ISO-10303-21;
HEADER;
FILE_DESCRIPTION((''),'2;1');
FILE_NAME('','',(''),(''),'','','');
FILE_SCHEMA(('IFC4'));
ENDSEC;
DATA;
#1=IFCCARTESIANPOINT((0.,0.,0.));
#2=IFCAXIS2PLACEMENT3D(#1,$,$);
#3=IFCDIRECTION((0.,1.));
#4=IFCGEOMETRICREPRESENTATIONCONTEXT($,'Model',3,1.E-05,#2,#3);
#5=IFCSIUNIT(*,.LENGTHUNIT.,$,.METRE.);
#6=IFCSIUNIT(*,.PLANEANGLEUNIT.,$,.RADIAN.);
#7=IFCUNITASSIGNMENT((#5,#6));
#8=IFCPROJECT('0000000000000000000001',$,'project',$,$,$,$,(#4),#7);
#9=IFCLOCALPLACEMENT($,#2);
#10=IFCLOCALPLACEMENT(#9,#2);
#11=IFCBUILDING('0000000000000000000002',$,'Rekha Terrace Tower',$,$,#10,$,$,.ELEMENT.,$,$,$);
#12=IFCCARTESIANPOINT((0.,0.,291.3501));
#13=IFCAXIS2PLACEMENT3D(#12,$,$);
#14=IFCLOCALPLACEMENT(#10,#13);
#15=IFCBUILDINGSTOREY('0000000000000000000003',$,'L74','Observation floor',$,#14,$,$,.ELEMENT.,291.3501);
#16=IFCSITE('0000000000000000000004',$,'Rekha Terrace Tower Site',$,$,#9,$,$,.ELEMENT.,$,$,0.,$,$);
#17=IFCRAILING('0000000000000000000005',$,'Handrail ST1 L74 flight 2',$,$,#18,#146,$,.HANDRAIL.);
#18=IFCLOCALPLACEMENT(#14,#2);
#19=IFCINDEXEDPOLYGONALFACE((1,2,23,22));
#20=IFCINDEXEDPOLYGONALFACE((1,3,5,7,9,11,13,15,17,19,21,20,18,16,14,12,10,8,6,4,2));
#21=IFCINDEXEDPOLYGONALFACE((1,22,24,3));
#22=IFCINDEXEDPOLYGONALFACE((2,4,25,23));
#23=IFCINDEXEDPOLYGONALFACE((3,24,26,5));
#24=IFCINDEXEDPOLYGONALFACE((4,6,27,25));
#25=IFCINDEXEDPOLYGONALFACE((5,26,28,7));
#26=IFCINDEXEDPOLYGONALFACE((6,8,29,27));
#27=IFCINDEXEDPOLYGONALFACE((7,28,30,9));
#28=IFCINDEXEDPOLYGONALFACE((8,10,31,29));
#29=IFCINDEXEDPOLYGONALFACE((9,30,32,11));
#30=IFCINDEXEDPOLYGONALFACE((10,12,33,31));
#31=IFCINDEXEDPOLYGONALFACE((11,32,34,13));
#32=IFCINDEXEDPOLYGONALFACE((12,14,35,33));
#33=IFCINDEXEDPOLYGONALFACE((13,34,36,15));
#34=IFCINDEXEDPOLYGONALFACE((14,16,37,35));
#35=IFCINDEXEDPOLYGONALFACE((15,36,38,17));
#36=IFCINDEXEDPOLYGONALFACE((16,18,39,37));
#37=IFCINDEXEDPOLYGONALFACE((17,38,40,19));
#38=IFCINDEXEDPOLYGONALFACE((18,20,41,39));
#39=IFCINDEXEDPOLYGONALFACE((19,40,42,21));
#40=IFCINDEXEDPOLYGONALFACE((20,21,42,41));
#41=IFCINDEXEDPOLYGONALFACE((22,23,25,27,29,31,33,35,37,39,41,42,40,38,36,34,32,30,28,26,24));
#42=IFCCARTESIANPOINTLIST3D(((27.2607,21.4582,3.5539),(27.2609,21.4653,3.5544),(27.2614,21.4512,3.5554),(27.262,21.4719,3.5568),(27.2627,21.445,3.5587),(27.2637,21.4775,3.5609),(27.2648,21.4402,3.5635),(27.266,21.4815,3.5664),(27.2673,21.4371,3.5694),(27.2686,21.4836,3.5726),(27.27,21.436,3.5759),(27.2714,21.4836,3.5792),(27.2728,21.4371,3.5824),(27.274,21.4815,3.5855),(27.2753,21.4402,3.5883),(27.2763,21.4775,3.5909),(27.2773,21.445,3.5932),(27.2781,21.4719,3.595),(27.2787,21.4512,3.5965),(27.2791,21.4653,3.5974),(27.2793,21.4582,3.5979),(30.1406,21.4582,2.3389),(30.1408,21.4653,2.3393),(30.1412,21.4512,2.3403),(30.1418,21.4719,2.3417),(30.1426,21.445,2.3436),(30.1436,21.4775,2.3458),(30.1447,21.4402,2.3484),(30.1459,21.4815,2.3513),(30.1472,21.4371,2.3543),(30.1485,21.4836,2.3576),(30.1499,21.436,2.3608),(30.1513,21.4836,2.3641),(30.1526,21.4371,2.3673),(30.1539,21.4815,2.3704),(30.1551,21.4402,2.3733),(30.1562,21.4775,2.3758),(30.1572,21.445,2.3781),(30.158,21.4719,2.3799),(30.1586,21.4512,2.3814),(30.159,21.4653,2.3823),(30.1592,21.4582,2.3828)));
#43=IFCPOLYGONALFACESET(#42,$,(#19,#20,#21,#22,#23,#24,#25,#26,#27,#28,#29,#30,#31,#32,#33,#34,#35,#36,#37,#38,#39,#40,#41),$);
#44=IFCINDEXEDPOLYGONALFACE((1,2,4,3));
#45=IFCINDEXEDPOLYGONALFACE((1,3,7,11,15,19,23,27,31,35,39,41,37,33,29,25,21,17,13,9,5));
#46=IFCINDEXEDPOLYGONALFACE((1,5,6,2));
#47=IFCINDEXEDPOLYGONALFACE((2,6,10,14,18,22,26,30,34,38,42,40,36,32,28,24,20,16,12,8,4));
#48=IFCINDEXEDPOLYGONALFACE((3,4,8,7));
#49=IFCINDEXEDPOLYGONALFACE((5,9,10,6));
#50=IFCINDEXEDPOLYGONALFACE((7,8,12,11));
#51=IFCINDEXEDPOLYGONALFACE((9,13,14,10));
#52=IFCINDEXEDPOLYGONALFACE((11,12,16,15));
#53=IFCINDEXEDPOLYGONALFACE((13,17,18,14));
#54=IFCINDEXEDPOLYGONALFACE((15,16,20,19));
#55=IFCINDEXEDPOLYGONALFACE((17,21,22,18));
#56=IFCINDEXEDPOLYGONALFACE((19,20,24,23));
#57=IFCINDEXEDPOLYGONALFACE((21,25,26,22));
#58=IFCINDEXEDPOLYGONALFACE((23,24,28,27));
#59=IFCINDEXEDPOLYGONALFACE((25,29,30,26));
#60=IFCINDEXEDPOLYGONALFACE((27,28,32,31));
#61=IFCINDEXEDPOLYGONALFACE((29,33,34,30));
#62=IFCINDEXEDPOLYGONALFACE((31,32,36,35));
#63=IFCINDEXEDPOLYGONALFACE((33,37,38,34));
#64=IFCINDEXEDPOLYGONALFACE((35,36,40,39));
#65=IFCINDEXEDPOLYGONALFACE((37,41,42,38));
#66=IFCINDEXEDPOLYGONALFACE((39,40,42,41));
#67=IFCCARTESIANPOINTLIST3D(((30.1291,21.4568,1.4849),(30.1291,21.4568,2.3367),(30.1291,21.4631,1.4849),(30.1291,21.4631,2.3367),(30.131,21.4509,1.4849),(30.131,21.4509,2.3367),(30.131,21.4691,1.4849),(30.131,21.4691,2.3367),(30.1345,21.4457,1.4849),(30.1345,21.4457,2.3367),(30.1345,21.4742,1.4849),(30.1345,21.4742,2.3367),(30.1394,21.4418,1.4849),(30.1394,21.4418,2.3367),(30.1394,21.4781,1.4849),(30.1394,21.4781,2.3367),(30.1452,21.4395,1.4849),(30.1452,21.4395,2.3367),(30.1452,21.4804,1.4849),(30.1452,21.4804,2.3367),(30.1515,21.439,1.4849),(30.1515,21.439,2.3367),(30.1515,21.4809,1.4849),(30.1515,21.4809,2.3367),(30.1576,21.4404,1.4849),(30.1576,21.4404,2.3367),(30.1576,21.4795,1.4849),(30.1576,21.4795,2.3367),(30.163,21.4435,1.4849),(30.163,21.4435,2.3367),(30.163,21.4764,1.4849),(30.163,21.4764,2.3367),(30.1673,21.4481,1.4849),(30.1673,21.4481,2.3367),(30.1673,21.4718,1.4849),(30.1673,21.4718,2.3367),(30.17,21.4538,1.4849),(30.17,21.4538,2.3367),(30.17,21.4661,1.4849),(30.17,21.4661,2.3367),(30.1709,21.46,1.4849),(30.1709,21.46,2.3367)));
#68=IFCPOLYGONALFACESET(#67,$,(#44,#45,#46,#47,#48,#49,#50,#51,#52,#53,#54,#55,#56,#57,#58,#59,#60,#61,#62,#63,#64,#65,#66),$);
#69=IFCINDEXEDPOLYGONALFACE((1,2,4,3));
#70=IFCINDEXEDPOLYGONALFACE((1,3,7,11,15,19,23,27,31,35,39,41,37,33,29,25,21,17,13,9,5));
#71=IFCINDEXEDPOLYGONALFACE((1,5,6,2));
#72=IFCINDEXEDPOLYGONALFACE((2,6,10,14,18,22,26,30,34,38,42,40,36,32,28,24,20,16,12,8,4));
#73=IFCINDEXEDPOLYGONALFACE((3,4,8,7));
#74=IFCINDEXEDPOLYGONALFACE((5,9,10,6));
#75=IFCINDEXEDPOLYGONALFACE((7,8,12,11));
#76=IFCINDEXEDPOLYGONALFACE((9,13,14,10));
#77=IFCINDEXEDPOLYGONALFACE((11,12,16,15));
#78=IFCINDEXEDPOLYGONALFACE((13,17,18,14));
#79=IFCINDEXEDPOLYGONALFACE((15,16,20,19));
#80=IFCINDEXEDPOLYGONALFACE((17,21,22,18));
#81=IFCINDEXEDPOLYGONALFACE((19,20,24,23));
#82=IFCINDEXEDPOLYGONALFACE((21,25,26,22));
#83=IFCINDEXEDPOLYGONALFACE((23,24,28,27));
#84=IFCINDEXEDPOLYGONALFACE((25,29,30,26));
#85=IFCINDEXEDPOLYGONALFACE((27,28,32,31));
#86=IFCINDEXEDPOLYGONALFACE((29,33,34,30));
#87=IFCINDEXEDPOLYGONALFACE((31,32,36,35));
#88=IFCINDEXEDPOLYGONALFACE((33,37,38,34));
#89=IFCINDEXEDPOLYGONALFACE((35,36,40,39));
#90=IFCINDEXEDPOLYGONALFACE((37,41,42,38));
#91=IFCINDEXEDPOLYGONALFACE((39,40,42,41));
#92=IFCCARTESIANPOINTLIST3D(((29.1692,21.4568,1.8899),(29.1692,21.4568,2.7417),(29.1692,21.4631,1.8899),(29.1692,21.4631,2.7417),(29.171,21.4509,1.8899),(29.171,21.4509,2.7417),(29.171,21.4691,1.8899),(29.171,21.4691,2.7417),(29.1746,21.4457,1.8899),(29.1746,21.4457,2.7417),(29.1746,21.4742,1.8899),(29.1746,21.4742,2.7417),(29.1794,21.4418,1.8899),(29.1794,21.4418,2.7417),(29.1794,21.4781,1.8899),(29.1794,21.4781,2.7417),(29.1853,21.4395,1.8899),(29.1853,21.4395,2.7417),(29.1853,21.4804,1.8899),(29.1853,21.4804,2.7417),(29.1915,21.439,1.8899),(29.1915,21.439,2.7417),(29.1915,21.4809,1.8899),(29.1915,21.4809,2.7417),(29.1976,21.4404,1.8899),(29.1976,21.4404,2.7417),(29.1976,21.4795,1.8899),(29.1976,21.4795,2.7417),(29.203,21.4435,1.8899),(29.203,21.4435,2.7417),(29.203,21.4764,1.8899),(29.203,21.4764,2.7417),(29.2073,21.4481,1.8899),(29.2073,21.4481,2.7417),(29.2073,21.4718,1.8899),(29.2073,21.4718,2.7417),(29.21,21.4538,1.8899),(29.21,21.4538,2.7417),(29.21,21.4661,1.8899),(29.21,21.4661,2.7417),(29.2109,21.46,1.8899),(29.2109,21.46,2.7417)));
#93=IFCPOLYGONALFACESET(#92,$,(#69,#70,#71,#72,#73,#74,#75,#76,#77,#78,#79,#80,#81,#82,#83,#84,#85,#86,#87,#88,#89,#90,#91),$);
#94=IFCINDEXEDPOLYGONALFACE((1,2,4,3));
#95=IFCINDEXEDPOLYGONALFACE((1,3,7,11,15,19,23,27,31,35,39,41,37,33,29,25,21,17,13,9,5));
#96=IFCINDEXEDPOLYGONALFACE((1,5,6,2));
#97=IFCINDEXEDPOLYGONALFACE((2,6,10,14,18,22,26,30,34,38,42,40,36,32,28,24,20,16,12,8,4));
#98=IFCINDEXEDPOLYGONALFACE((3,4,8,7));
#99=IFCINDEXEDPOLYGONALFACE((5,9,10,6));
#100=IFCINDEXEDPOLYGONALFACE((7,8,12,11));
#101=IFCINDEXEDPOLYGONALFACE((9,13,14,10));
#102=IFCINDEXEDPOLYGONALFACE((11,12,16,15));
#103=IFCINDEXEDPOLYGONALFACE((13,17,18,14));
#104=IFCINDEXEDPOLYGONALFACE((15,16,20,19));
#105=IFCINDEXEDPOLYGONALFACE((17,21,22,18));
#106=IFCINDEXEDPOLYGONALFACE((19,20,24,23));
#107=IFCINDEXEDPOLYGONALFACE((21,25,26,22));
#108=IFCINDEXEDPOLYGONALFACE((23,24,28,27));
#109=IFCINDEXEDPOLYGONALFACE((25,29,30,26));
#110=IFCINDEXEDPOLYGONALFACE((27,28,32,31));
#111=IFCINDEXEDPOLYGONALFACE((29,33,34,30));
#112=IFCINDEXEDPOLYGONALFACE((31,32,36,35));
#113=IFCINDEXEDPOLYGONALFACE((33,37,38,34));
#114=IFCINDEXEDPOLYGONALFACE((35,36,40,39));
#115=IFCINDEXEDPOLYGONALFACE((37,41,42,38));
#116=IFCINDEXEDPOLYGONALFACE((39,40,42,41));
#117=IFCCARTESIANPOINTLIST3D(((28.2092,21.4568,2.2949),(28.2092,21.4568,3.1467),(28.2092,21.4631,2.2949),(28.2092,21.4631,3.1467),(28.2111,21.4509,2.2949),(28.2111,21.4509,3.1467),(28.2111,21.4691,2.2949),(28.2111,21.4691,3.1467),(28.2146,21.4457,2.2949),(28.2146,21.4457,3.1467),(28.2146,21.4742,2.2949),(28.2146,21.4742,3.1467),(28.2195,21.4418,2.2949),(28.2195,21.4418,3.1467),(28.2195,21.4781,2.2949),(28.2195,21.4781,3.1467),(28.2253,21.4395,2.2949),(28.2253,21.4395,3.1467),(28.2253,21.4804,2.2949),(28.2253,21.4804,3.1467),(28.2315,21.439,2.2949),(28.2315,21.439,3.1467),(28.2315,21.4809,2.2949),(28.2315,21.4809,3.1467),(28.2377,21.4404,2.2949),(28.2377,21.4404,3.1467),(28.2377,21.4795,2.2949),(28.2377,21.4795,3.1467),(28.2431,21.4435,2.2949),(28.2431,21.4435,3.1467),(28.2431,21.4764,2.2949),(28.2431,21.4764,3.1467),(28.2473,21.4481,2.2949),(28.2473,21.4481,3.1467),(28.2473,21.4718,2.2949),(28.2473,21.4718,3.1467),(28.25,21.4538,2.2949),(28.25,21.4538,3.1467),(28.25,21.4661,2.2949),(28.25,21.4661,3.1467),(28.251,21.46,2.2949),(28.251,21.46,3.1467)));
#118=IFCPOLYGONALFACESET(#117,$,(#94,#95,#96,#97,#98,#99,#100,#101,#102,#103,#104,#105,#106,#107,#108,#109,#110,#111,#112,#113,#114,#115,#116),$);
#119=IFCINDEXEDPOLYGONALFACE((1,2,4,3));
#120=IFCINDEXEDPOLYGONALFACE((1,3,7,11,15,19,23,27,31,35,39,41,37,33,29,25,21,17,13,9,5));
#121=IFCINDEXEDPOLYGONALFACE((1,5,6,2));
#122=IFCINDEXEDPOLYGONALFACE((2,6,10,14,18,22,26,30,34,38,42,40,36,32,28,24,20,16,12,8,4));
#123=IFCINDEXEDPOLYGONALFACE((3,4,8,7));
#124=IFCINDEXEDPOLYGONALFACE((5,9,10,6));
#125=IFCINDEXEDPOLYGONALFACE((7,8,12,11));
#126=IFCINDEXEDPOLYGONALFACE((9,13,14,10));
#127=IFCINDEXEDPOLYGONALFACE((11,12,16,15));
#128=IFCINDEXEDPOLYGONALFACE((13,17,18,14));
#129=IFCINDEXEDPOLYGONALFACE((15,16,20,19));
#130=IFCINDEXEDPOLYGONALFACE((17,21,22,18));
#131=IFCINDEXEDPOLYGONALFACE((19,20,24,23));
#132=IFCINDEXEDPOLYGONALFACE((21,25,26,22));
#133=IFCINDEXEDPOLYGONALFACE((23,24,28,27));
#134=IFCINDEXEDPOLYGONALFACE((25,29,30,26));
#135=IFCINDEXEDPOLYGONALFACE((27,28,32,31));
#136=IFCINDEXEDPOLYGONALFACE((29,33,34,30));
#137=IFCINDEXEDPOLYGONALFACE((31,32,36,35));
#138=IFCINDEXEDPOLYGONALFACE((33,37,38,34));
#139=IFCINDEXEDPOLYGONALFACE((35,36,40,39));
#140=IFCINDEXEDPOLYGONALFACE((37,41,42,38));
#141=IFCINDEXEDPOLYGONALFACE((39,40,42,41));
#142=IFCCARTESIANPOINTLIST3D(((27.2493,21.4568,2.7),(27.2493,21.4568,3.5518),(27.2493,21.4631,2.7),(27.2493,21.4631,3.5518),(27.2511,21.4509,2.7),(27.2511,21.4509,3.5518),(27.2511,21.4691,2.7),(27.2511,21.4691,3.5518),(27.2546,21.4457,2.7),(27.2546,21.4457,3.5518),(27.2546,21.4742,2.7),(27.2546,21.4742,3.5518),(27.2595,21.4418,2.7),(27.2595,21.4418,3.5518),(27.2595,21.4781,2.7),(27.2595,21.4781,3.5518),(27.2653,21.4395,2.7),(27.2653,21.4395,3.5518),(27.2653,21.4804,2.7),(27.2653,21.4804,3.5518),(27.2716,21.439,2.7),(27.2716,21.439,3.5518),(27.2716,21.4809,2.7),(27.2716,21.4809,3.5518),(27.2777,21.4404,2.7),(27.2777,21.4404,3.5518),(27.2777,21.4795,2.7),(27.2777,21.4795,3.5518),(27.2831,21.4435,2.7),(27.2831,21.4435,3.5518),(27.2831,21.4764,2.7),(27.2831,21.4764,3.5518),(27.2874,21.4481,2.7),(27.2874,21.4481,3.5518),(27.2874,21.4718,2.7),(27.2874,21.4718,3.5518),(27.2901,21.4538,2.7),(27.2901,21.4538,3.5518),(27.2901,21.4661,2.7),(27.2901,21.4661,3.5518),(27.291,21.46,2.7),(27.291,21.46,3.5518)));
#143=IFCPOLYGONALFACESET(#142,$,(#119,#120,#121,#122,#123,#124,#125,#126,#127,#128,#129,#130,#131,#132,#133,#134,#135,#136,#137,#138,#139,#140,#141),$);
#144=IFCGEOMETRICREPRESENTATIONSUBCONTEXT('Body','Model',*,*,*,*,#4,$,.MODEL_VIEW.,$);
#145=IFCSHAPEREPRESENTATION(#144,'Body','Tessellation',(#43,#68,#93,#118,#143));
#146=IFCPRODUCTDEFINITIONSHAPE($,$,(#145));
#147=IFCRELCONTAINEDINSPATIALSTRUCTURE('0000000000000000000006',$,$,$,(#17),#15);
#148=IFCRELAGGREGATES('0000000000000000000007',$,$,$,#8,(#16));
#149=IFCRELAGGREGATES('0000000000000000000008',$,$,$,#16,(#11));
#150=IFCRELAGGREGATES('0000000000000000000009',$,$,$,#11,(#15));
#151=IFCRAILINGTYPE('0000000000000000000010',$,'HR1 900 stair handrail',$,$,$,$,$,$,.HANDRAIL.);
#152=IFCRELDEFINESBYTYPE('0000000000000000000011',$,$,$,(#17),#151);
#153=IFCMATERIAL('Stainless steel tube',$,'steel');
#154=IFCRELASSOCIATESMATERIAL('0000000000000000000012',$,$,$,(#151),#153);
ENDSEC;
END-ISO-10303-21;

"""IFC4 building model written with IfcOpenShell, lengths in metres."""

from ifc_helpers import new_model, si_unit, direction, frame, origin, origin_2d, place, context, subcontext, project, spatial, circle, extrude, material, type_object, element, save


model = new_model("IFC4")

# Units and contexts
model_context = context("Model", 3, precision=1e-05, world=origin(), true_north=direction((0.0, 1.0)))
body_context = subcontext(model_context, "Body", "Model", "MODEL_VIEW")
ifc_project = project(units=[si_unit("LENGTHUNIT", "METRE"), si_unit("PLANEANGLEUNIT", "RADIAN")], contexts=[model_context])

# Site, building, storey
site_placement = place(None, origin())
site = spatial("IfcSite", under=ifc_project, at=site_placement, Name="Rekha Terrace Tower Site", CompositionType="ELEMENT", RefElevation=0.0)
building_placement = place(site_placement, origin())
building = spatial("IfcBuilding", under=site, at=building_placement, Name="Rekha Terrace Tower", CompositionType="ELEMENT")
storey_placement = place(building_placement, frame((0.0, 0.0, 291.3501)))
storey = spatial("IfcBuildingStorey", under=building, at=storey_placement, Name="L74", Description="Observation floor", CompositionType="ELEMENT", Elevation=291.3501)

# Railing
ifc_material_1 = material(Name="Stainless steel tube", Category="steel")
railing_type_1 = type_object("IfcRailingType", Name="HR1 900 stair handrail", PredefinedType="HANDRAIL", material=ifc_material_1)
railing_1_placement = place(storey_placement, frame((30.1499, 21.46, 1.4849)))
element("IfcRailing", 1, at=railing_1_placement, inside=storey, type_object=railing_type_1, Name="Handrail ST1 L74 flight 2", PredefinedType="HANDRAIL", context=body_context, shape_type="SweptSolid", body=[
    extrude(circle(Radius=0.0239, at=origin_2d()), frame((0.0, 0.0, 0.876), z_axis=(-0.921348, 0.0, 0.388738), x_axis=(0.0, -1.0, 0.0)), (0.0, 0.0, 1.0), 3.1257),
    extrude(circle(Radius=0.021, at=origin_2d()), origin(), (0.0, 0.0, 1.0), 0.8518),
    extrude(circle(Radius=0.021, at=origin_2d()), frame((-0.96, 0.0, 0.405)), (0.0, 0.0, 1.0), 0.8518),
    extrude(circle(Radius=0.021, at=origin_2d()), frame((-1.9199, 0.0, 0.8101)), (0.0, 0.0, 1.0), 0.8518),
    extrude(circle(Radius=0.021, at=origin_2d()), frame((-2.8799, 0.0, 1.2151)), (0.0, 0.0, 1.0), 0.8518),
])

save(model, "model.ifc")
